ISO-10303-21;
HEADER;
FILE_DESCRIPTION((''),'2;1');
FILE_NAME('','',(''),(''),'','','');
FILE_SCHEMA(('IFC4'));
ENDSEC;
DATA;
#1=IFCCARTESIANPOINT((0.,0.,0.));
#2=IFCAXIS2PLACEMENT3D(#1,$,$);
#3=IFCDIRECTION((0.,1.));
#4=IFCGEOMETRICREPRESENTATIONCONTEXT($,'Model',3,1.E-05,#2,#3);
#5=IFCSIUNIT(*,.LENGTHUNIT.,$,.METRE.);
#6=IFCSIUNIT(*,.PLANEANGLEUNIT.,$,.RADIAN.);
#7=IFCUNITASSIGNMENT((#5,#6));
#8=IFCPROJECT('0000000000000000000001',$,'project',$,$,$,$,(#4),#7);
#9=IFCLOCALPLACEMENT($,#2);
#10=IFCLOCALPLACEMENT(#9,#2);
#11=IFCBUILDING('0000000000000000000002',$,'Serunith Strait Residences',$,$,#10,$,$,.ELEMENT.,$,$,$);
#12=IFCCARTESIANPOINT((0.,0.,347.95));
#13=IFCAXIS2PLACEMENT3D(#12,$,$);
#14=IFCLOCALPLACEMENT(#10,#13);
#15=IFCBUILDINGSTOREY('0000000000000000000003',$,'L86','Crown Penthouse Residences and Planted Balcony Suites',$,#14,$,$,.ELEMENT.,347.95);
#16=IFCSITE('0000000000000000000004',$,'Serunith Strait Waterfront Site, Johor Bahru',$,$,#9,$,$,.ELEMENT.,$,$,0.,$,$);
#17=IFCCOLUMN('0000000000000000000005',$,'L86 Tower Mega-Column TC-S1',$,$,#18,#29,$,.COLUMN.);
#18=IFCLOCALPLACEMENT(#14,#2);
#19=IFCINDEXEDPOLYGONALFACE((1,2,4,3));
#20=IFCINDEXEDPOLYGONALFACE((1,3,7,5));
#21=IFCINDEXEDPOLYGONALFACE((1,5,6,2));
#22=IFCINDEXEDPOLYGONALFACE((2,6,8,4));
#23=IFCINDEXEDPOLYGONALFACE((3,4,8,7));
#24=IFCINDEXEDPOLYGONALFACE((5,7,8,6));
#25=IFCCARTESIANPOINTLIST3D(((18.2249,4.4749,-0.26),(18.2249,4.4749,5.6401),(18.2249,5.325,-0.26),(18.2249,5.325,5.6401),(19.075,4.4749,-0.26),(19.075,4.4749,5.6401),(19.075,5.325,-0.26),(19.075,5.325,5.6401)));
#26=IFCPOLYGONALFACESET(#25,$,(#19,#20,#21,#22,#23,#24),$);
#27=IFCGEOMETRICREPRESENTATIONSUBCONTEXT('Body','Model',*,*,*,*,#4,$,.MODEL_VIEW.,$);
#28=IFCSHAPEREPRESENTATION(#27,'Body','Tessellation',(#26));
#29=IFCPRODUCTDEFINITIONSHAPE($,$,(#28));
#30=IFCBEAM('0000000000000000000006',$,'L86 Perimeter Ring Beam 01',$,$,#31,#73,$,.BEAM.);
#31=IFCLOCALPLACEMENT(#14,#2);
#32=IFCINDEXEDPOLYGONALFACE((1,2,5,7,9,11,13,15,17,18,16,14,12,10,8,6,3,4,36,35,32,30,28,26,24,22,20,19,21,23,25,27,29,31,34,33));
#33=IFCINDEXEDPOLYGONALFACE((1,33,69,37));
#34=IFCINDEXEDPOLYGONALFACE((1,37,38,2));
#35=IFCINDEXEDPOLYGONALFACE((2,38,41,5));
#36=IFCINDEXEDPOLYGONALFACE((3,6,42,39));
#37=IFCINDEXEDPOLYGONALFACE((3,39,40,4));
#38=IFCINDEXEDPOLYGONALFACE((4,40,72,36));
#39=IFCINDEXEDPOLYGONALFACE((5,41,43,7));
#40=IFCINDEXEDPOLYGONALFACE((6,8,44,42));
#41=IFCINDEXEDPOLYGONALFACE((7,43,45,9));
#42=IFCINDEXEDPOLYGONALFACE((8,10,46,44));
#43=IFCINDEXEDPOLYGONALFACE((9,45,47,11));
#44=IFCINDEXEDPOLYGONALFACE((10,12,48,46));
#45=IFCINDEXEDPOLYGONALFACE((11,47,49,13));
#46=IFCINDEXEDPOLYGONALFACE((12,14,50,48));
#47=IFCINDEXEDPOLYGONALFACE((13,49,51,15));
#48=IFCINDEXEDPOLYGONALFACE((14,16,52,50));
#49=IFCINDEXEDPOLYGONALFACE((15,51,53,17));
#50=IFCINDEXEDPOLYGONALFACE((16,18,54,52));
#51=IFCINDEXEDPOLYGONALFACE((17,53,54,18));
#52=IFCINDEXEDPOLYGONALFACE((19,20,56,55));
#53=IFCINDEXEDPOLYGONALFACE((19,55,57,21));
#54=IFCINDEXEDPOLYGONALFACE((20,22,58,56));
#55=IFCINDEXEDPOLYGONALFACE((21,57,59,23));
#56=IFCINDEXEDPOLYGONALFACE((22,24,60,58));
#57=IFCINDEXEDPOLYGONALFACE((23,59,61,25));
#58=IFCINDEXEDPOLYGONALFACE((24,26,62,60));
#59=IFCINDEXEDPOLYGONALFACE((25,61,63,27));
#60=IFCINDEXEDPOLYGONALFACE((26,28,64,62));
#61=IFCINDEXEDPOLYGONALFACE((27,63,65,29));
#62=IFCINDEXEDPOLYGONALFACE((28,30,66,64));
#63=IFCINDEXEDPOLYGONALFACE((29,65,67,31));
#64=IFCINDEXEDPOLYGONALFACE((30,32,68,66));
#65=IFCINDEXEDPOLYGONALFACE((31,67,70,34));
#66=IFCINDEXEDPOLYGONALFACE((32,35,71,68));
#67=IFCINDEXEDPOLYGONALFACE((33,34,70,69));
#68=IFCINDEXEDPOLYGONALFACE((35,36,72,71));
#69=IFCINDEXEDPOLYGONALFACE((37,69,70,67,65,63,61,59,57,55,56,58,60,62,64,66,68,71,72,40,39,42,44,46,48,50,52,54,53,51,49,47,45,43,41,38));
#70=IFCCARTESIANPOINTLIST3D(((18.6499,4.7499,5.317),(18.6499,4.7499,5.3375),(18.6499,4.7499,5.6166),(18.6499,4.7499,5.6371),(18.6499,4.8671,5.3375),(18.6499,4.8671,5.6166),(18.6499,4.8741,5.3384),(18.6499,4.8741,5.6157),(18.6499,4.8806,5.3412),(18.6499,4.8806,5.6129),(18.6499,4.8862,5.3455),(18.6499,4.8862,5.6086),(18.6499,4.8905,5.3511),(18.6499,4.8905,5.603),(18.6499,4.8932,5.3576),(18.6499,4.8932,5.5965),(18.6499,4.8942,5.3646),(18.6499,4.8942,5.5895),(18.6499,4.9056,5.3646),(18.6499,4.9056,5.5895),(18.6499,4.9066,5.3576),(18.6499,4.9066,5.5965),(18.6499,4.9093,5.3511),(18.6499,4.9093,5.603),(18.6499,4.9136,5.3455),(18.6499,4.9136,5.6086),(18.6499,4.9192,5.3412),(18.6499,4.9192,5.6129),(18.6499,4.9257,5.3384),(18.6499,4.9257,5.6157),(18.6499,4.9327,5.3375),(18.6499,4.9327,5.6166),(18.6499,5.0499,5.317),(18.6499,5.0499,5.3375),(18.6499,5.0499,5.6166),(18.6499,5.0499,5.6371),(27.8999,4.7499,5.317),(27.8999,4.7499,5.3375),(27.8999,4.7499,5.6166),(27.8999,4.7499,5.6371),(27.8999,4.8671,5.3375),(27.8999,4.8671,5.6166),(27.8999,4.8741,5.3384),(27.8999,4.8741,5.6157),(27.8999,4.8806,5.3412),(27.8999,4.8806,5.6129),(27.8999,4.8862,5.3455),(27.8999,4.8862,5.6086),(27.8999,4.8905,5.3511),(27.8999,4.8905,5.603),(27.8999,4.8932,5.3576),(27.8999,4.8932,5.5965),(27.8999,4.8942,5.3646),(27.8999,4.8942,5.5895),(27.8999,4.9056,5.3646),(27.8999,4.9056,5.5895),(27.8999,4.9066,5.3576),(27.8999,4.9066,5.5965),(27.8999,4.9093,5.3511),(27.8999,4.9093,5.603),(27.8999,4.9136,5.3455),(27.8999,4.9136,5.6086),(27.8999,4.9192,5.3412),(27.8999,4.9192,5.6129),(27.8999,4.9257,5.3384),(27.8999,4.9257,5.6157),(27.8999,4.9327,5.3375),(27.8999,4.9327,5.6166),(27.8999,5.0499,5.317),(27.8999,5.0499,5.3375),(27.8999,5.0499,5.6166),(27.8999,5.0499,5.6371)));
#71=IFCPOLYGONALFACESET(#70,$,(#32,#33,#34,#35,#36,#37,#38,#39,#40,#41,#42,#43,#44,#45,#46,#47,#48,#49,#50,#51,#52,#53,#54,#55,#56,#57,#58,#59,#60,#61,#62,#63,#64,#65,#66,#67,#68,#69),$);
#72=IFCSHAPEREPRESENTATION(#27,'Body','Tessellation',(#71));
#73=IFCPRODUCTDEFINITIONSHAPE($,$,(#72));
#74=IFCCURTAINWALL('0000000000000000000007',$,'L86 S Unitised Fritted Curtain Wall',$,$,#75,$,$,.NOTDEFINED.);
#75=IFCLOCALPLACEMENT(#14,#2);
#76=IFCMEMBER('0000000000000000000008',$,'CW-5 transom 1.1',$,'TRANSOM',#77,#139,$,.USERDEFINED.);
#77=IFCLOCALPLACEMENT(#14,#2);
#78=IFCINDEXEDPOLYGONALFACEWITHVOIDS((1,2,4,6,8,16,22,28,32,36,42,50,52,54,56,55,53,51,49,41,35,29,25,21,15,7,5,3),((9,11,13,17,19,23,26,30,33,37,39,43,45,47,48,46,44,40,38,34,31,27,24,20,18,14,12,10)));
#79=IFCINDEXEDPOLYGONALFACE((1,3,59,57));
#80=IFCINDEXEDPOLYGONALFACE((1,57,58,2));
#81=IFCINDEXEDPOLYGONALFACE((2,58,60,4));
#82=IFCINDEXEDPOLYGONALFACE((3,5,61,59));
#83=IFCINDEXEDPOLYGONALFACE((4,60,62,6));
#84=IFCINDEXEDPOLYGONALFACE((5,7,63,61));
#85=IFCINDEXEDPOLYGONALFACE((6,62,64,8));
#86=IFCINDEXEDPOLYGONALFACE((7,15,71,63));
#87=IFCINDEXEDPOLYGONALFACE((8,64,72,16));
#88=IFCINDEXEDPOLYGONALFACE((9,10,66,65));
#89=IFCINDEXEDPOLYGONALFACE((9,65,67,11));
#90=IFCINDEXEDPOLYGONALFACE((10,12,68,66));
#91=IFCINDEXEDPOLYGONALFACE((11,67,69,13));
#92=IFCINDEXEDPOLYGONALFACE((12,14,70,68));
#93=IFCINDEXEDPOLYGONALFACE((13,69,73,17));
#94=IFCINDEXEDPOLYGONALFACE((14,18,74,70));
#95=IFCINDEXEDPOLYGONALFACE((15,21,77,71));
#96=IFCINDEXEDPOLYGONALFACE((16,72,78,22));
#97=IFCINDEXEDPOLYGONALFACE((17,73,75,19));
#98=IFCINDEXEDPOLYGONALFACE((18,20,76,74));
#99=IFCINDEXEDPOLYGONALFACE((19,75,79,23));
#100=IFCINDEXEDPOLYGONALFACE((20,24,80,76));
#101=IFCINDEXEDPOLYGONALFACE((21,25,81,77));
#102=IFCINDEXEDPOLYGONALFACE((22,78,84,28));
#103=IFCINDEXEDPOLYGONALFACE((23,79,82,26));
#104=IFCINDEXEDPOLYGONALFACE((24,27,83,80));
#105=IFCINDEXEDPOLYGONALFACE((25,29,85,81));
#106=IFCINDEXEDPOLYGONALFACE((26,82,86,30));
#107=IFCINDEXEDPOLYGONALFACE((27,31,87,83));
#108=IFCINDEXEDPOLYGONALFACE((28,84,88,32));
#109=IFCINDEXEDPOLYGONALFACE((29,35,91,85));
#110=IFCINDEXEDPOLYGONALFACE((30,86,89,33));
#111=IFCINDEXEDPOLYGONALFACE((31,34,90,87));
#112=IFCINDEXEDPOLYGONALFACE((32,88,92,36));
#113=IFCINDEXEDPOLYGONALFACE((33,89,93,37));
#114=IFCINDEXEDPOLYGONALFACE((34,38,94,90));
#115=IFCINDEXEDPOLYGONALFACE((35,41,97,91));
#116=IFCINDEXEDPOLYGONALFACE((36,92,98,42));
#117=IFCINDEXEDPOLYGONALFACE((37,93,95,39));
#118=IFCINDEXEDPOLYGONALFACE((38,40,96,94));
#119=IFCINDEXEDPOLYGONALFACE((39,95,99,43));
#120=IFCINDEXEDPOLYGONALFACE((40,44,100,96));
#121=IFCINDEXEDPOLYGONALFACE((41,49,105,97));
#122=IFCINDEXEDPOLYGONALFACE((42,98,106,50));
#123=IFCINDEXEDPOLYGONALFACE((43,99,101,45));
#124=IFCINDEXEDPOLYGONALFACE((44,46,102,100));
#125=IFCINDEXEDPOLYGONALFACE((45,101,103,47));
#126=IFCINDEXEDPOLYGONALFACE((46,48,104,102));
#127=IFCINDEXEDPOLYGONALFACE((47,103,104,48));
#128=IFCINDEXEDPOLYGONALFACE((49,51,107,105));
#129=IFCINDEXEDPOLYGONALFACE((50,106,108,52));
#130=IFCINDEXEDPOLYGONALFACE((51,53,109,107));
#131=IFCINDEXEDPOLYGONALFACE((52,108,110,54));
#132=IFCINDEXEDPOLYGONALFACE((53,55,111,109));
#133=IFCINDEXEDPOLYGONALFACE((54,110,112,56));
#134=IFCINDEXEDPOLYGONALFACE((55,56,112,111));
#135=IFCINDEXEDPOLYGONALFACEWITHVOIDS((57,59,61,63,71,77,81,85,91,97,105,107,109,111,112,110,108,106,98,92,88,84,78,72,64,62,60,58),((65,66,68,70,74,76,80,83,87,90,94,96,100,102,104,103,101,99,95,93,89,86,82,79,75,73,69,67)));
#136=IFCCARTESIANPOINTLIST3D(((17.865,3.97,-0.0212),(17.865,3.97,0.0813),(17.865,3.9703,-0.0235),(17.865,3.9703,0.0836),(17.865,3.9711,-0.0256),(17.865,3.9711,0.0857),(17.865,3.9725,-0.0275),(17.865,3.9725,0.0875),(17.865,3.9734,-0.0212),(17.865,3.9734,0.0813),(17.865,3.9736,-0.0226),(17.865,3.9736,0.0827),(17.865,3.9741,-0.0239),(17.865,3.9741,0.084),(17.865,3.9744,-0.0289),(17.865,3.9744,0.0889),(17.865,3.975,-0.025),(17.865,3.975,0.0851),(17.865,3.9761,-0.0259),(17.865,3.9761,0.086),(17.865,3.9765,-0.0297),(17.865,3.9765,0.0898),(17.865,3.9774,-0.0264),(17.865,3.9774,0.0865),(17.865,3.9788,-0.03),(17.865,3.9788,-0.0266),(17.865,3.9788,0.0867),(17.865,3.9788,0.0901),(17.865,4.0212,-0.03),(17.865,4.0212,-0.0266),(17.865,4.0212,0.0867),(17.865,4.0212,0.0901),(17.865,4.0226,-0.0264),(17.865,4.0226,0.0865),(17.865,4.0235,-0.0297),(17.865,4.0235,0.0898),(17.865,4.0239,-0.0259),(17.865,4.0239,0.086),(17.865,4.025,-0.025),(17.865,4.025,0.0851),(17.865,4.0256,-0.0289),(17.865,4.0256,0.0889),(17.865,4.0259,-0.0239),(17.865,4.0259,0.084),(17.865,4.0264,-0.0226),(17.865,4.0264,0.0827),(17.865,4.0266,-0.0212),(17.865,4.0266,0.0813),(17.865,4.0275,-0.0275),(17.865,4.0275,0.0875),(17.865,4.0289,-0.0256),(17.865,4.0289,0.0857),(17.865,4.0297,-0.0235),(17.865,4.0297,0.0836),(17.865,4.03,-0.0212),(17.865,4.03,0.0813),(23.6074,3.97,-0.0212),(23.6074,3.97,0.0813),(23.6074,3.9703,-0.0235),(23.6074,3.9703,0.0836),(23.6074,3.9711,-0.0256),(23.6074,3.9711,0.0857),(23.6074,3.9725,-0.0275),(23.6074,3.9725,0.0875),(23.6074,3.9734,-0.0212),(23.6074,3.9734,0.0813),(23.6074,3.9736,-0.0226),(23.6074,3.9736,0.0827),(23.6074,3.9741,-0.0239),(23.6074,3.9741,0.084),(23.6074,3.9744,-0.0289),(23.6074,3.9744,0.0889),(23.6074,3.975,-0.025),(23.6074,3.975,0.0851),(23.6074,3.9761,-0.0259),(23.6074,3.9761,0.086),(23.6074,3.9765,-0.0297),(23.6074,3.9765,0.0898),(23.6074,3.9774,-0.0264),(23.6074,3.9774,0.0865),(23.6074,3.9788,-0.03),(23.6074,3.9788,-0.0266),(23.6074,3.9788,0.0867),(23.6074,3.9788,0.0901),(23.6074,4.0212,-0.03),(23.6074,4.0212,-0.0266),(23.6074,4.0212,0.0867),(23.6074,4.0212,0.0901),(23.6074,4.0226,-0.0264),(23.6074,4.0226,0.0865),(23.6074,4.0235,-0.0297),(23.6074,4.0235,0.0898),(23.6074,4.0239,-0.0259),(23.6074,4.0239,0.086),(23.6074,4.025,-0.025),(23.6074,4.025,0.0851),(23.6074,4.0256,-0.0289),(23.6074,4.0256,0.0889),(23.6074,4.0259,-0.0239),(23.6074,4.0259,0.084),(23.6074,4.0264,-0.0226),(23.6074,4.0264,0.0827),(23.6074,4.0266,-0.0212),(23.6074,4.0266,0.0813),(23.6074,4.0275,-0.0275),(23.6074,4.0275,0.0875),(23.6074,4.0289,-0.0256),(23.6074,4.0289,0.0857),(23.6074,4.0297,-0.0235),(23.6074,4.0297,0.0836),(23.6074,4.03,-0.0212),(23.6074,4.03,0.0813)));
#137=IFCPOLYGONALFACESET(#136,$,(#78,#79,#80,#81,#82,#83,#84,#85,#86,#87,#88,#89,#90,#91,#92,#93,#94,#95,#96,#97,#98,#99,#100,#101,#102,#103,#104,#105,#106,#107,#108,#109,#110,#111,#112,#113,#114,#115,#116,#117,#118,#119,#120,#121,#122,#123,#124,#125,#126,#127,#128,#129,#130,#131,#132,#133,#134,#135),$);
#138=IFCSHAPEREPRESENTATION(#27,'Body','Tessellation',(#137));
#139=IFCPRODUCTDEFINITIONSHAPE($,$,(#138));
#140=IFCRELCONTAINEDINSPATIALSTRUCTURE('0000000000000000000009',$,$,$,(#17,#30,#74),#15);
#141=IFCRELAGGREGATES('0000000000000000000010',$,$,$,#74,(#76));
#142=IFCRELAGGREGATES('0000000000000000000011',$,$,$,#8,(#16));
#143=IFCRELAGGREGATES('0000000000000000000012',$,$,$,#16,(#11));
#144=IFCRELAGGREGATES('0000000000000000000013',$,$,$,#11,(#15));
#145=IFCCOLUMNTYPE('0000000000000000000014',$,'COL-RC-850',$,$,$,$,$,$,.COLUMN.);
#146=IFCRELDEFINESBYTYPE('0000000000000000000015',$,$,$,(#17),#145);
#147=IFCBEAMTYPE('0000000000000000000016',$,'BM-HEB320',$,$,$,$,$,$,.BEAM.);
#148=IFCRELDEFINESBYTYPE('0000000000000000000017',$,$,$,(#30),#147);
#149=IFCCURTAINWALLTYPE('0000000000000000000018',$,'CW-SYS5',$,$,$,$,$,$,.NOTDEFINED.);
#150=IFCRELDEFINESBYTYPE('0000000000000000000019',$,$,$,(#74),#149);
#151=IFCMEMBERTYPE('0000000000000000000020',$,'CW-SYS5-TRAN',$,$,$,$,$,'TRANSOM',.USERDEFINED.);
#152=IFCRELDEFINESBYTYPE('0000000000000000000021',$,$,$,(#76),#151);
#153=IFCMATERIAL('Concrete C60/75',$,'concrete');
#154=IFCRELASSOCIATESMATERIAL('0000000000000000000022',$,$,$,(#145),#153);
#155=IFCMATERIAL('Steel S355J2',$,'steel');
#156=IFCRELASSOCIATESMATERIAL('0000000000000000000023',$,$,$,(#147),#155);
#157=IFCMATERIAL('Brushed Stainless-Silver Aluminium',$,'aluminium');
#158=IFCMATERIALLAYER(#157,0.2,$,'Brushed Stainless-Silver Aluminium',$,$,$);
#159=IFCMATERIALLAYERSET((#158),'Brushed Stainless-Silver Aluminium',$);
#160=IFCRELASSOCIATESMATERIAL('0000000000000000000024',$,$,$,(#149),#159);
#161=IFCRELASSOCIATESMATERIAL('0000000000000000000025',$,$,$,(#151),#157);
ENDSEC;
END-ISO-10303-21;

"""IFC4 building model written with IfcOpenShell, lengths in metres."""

from ifc_helpers import new_model, si_unit, direction, frame, origin, origin_2d, place, context, subcontext, project, spatial, rectangle, hollow_rectangle, i_section, extrude, source, transform, mapped, material, layer, layer_set, material_profile, profile_set, type_object, element, aggregate, save


model = new_model("IFC4")

# Units and contexts
model_context = context("Model", 3, precision=1e-05, world=origin(), true_north=direction((0.0, 1.0)))
body_context = subcontext(model_context, "Body", "Model", "MODEL_VIEW")
ifc_project = project(units=[si_unit("LENGTHUNIT", "METRE"), si_unit("PLANEANGLEUNIT", "RADIAN")], contexts=[model_context])

# Site, building, storey
site_placement = place(None, origin())
site = spatial("IfcSite", under=ifc_project, at=site_placement, Name="Serunith Strait Waterfront Site, Johor Bahru", CompositionType="ELEMENT", RefElevation=0.0)
building_placement = place(site_placement, origin())
building = spatial("IfcBuilding", under=site, at=building_placement, Name="Serunith Strait Residences", CompositionType="ELEMENT")
storey_placement = place(building_placement, frame((0.0, 0.0, 347.95)))
storey = spatial("IfcBuildingStorey", under=building, at=storey_placement, Name="L86", Description="Crown Penthouse Residences and Planted Balcony Suites", CompositionType="ELEMENT", Elevation=347.95)

# Column
ifc_material_1 = material(Name="Concrete C60/75", Category="concrete")
ifc_material_profile_1 = material_profile(ifc_material_1, rectangle(XDim=0.8501, YDim=0.8501, at=origin_2d()), Name="RC 850x850")
ifc_profile_set_1 = profile_set([ifc_material_profile_1], Name="Concrete C60/75")
column_type = type_object("IfcColumnType", Name="COL-RC-850", PredefinedType="COLUMN", material=ifc_profile_set_1)
shared_shape_1 = source(origin(), body_context, "Body", "SweptSolid", [
    extrude(rectangle(XDim=0.8501, YDim=0.8501, at=origin_2d()), origin(), (0.0, 0.0, 1.0), 5.9001),
])
column_placement = place(storey_placement, frame((18.6499, 4.8999, -0.26), z_axis=(0.0, 0.0, 1.0), x_axis=(1.0, 0.0, 0.0)))
element("IfcColumn", 1, at=column_placement, inside=storey, type_object=column_type, Name="L86 Tower Mega-Column TC-S1", PredefinedType="COLUMN", context=body_context, shape_type="MappedRepresentation", body=[
    mapped(shared_shape_1, transform((0.0, 0.0, 0.0), scale=1.0)),
])

# Beam
ifc_material_2 = material(Name="Steel S355J2", Category="steel")
ifc_material_profile_2 = material_profile(ifc_material_2, i_section(OverallWidth=0.3, OverallDepth=0.3201, WebThickness=0.0115, FlangeThickness=0.0205, FilletRadius=0.0271, at=origin_2d()), Name="HEB 320")
ifc_profile_set_2 = profile_set([ifc_material_profile_2], Name="Steel S355J2")
beam_type = type_object("IfcBeamType", Name="BM-HEB320", PredefinedType="BEAM", material=ifc_profile_set_2)
shared_shape_2 = source(origin(), body_context, "Body", "SweptSolid", [
    extrude(i_section(OverallWidth=0.3, OverallDepth=0.3201, WebThickness=0.0115, FlangeThickness=0.0205, FilletRadius=0.0271, at=origin_2d()), origin(), (0.0, 0.0, 1.0), 9.25),
])
beam_placement = place(storey_placement, frame((18.6499, 4.8999, 5.4771), z_axis=(1.0, 0.0, 0.0), x_axis=(0.0, 1.0, 0.0)))
element("IfcBeam", 2, at=beam_placement, inside=storey, type_object=beam_type, Name="L86 Perimeter Ring Beam 01", PredefinedType="BEAM", context=body_context, shape_type="MappedRepresentation", body=[
    mapped(shared_shape_2, transform((0.0, 0.0, 0.0), scale=1.0)),
])

# Curtain wall, member
ifc_material_3 = material(Name="Brushed Stainless-Silver Aluminium", Category="aluminium")
ifc_layer_1 = layer(ifc_material_3, 0.2, Name="Brushed Stainless-Silver Aluminium")
ifc_layer_set_1 = layer_set([ifc_layer_1], Name="Brushed Stainless-Silver Aluminium")
curtain_wall_type = type_object("IfcCurtainWallType", Name="CW-SYS5", PredefinedType="NOTDEFINED", material=ifc_layer_set_1)
curtain_wall_1_placement = place(storey_placement, origin())
curtain_wall_1 = element("IfcCurtainWall", 3, at=curtain_wall_1_placement, inside=storey, type_object=curtain_wall_type, Name="L86 S Unitised Fritted Curtain Wall", PredefinedType="NOTDEFINED")
ifc_material_profile_3 = material_profile(ifc_material_3, hollow_rectangle(XDim=0.0601, YDim=0.1201, WallThickness=0.0034, InnerFilletRadius=0.0054, OuterFilletRadius=0.0088, at=origin_2d()), Name="ALU 120x60x3.5")
ifc_profile_set_3 = profile_set([ifc_material_profile_3], Name="Brushed Stainless-Silver Aluminium")
member_type_1 = type_object("IfcMemberType", Name="CW-SYS5-TRAN", ElementType="TRANSOM", PredefinedType="USERDEFINED", material=ifc_profile_set_3)
shared_shape_3 = source(origin(), body_context, "Body", "SweptSolid", [
    extrude(hollow_rectangle(XDim=0.0601, YDim=0.1201, WallThickness=0.0034, InnerFilletRadius=0.0054, OuterFilletRadius=0.0088, at=origin_2d()), origin(), (0.0, 0.0, 1.0), 5.7424),
])
member_1_placement = place(storey_placement, frame((17.865, 4.0, 0.03), z_axis=(1.0, 0.0, 0.0), x_axis=(0.0, 1.0, 0.0)))
member_1 = element("IfcMember", 4, at=member_1_placement, type_object=member_type_1, Name="CW-5 transom 1.1", ObjectType="TRANSOM", PredefinedType="USERDEFINED", context=body_context, shape_type="MappedRepresentation", body=[
    mapped(shared_shape_3, transform((0.0, 0.0, 0.0), scale=1.0)),
])
aggregate(curtain_wall_1, [member_1])

save(model, "model.ifc")
